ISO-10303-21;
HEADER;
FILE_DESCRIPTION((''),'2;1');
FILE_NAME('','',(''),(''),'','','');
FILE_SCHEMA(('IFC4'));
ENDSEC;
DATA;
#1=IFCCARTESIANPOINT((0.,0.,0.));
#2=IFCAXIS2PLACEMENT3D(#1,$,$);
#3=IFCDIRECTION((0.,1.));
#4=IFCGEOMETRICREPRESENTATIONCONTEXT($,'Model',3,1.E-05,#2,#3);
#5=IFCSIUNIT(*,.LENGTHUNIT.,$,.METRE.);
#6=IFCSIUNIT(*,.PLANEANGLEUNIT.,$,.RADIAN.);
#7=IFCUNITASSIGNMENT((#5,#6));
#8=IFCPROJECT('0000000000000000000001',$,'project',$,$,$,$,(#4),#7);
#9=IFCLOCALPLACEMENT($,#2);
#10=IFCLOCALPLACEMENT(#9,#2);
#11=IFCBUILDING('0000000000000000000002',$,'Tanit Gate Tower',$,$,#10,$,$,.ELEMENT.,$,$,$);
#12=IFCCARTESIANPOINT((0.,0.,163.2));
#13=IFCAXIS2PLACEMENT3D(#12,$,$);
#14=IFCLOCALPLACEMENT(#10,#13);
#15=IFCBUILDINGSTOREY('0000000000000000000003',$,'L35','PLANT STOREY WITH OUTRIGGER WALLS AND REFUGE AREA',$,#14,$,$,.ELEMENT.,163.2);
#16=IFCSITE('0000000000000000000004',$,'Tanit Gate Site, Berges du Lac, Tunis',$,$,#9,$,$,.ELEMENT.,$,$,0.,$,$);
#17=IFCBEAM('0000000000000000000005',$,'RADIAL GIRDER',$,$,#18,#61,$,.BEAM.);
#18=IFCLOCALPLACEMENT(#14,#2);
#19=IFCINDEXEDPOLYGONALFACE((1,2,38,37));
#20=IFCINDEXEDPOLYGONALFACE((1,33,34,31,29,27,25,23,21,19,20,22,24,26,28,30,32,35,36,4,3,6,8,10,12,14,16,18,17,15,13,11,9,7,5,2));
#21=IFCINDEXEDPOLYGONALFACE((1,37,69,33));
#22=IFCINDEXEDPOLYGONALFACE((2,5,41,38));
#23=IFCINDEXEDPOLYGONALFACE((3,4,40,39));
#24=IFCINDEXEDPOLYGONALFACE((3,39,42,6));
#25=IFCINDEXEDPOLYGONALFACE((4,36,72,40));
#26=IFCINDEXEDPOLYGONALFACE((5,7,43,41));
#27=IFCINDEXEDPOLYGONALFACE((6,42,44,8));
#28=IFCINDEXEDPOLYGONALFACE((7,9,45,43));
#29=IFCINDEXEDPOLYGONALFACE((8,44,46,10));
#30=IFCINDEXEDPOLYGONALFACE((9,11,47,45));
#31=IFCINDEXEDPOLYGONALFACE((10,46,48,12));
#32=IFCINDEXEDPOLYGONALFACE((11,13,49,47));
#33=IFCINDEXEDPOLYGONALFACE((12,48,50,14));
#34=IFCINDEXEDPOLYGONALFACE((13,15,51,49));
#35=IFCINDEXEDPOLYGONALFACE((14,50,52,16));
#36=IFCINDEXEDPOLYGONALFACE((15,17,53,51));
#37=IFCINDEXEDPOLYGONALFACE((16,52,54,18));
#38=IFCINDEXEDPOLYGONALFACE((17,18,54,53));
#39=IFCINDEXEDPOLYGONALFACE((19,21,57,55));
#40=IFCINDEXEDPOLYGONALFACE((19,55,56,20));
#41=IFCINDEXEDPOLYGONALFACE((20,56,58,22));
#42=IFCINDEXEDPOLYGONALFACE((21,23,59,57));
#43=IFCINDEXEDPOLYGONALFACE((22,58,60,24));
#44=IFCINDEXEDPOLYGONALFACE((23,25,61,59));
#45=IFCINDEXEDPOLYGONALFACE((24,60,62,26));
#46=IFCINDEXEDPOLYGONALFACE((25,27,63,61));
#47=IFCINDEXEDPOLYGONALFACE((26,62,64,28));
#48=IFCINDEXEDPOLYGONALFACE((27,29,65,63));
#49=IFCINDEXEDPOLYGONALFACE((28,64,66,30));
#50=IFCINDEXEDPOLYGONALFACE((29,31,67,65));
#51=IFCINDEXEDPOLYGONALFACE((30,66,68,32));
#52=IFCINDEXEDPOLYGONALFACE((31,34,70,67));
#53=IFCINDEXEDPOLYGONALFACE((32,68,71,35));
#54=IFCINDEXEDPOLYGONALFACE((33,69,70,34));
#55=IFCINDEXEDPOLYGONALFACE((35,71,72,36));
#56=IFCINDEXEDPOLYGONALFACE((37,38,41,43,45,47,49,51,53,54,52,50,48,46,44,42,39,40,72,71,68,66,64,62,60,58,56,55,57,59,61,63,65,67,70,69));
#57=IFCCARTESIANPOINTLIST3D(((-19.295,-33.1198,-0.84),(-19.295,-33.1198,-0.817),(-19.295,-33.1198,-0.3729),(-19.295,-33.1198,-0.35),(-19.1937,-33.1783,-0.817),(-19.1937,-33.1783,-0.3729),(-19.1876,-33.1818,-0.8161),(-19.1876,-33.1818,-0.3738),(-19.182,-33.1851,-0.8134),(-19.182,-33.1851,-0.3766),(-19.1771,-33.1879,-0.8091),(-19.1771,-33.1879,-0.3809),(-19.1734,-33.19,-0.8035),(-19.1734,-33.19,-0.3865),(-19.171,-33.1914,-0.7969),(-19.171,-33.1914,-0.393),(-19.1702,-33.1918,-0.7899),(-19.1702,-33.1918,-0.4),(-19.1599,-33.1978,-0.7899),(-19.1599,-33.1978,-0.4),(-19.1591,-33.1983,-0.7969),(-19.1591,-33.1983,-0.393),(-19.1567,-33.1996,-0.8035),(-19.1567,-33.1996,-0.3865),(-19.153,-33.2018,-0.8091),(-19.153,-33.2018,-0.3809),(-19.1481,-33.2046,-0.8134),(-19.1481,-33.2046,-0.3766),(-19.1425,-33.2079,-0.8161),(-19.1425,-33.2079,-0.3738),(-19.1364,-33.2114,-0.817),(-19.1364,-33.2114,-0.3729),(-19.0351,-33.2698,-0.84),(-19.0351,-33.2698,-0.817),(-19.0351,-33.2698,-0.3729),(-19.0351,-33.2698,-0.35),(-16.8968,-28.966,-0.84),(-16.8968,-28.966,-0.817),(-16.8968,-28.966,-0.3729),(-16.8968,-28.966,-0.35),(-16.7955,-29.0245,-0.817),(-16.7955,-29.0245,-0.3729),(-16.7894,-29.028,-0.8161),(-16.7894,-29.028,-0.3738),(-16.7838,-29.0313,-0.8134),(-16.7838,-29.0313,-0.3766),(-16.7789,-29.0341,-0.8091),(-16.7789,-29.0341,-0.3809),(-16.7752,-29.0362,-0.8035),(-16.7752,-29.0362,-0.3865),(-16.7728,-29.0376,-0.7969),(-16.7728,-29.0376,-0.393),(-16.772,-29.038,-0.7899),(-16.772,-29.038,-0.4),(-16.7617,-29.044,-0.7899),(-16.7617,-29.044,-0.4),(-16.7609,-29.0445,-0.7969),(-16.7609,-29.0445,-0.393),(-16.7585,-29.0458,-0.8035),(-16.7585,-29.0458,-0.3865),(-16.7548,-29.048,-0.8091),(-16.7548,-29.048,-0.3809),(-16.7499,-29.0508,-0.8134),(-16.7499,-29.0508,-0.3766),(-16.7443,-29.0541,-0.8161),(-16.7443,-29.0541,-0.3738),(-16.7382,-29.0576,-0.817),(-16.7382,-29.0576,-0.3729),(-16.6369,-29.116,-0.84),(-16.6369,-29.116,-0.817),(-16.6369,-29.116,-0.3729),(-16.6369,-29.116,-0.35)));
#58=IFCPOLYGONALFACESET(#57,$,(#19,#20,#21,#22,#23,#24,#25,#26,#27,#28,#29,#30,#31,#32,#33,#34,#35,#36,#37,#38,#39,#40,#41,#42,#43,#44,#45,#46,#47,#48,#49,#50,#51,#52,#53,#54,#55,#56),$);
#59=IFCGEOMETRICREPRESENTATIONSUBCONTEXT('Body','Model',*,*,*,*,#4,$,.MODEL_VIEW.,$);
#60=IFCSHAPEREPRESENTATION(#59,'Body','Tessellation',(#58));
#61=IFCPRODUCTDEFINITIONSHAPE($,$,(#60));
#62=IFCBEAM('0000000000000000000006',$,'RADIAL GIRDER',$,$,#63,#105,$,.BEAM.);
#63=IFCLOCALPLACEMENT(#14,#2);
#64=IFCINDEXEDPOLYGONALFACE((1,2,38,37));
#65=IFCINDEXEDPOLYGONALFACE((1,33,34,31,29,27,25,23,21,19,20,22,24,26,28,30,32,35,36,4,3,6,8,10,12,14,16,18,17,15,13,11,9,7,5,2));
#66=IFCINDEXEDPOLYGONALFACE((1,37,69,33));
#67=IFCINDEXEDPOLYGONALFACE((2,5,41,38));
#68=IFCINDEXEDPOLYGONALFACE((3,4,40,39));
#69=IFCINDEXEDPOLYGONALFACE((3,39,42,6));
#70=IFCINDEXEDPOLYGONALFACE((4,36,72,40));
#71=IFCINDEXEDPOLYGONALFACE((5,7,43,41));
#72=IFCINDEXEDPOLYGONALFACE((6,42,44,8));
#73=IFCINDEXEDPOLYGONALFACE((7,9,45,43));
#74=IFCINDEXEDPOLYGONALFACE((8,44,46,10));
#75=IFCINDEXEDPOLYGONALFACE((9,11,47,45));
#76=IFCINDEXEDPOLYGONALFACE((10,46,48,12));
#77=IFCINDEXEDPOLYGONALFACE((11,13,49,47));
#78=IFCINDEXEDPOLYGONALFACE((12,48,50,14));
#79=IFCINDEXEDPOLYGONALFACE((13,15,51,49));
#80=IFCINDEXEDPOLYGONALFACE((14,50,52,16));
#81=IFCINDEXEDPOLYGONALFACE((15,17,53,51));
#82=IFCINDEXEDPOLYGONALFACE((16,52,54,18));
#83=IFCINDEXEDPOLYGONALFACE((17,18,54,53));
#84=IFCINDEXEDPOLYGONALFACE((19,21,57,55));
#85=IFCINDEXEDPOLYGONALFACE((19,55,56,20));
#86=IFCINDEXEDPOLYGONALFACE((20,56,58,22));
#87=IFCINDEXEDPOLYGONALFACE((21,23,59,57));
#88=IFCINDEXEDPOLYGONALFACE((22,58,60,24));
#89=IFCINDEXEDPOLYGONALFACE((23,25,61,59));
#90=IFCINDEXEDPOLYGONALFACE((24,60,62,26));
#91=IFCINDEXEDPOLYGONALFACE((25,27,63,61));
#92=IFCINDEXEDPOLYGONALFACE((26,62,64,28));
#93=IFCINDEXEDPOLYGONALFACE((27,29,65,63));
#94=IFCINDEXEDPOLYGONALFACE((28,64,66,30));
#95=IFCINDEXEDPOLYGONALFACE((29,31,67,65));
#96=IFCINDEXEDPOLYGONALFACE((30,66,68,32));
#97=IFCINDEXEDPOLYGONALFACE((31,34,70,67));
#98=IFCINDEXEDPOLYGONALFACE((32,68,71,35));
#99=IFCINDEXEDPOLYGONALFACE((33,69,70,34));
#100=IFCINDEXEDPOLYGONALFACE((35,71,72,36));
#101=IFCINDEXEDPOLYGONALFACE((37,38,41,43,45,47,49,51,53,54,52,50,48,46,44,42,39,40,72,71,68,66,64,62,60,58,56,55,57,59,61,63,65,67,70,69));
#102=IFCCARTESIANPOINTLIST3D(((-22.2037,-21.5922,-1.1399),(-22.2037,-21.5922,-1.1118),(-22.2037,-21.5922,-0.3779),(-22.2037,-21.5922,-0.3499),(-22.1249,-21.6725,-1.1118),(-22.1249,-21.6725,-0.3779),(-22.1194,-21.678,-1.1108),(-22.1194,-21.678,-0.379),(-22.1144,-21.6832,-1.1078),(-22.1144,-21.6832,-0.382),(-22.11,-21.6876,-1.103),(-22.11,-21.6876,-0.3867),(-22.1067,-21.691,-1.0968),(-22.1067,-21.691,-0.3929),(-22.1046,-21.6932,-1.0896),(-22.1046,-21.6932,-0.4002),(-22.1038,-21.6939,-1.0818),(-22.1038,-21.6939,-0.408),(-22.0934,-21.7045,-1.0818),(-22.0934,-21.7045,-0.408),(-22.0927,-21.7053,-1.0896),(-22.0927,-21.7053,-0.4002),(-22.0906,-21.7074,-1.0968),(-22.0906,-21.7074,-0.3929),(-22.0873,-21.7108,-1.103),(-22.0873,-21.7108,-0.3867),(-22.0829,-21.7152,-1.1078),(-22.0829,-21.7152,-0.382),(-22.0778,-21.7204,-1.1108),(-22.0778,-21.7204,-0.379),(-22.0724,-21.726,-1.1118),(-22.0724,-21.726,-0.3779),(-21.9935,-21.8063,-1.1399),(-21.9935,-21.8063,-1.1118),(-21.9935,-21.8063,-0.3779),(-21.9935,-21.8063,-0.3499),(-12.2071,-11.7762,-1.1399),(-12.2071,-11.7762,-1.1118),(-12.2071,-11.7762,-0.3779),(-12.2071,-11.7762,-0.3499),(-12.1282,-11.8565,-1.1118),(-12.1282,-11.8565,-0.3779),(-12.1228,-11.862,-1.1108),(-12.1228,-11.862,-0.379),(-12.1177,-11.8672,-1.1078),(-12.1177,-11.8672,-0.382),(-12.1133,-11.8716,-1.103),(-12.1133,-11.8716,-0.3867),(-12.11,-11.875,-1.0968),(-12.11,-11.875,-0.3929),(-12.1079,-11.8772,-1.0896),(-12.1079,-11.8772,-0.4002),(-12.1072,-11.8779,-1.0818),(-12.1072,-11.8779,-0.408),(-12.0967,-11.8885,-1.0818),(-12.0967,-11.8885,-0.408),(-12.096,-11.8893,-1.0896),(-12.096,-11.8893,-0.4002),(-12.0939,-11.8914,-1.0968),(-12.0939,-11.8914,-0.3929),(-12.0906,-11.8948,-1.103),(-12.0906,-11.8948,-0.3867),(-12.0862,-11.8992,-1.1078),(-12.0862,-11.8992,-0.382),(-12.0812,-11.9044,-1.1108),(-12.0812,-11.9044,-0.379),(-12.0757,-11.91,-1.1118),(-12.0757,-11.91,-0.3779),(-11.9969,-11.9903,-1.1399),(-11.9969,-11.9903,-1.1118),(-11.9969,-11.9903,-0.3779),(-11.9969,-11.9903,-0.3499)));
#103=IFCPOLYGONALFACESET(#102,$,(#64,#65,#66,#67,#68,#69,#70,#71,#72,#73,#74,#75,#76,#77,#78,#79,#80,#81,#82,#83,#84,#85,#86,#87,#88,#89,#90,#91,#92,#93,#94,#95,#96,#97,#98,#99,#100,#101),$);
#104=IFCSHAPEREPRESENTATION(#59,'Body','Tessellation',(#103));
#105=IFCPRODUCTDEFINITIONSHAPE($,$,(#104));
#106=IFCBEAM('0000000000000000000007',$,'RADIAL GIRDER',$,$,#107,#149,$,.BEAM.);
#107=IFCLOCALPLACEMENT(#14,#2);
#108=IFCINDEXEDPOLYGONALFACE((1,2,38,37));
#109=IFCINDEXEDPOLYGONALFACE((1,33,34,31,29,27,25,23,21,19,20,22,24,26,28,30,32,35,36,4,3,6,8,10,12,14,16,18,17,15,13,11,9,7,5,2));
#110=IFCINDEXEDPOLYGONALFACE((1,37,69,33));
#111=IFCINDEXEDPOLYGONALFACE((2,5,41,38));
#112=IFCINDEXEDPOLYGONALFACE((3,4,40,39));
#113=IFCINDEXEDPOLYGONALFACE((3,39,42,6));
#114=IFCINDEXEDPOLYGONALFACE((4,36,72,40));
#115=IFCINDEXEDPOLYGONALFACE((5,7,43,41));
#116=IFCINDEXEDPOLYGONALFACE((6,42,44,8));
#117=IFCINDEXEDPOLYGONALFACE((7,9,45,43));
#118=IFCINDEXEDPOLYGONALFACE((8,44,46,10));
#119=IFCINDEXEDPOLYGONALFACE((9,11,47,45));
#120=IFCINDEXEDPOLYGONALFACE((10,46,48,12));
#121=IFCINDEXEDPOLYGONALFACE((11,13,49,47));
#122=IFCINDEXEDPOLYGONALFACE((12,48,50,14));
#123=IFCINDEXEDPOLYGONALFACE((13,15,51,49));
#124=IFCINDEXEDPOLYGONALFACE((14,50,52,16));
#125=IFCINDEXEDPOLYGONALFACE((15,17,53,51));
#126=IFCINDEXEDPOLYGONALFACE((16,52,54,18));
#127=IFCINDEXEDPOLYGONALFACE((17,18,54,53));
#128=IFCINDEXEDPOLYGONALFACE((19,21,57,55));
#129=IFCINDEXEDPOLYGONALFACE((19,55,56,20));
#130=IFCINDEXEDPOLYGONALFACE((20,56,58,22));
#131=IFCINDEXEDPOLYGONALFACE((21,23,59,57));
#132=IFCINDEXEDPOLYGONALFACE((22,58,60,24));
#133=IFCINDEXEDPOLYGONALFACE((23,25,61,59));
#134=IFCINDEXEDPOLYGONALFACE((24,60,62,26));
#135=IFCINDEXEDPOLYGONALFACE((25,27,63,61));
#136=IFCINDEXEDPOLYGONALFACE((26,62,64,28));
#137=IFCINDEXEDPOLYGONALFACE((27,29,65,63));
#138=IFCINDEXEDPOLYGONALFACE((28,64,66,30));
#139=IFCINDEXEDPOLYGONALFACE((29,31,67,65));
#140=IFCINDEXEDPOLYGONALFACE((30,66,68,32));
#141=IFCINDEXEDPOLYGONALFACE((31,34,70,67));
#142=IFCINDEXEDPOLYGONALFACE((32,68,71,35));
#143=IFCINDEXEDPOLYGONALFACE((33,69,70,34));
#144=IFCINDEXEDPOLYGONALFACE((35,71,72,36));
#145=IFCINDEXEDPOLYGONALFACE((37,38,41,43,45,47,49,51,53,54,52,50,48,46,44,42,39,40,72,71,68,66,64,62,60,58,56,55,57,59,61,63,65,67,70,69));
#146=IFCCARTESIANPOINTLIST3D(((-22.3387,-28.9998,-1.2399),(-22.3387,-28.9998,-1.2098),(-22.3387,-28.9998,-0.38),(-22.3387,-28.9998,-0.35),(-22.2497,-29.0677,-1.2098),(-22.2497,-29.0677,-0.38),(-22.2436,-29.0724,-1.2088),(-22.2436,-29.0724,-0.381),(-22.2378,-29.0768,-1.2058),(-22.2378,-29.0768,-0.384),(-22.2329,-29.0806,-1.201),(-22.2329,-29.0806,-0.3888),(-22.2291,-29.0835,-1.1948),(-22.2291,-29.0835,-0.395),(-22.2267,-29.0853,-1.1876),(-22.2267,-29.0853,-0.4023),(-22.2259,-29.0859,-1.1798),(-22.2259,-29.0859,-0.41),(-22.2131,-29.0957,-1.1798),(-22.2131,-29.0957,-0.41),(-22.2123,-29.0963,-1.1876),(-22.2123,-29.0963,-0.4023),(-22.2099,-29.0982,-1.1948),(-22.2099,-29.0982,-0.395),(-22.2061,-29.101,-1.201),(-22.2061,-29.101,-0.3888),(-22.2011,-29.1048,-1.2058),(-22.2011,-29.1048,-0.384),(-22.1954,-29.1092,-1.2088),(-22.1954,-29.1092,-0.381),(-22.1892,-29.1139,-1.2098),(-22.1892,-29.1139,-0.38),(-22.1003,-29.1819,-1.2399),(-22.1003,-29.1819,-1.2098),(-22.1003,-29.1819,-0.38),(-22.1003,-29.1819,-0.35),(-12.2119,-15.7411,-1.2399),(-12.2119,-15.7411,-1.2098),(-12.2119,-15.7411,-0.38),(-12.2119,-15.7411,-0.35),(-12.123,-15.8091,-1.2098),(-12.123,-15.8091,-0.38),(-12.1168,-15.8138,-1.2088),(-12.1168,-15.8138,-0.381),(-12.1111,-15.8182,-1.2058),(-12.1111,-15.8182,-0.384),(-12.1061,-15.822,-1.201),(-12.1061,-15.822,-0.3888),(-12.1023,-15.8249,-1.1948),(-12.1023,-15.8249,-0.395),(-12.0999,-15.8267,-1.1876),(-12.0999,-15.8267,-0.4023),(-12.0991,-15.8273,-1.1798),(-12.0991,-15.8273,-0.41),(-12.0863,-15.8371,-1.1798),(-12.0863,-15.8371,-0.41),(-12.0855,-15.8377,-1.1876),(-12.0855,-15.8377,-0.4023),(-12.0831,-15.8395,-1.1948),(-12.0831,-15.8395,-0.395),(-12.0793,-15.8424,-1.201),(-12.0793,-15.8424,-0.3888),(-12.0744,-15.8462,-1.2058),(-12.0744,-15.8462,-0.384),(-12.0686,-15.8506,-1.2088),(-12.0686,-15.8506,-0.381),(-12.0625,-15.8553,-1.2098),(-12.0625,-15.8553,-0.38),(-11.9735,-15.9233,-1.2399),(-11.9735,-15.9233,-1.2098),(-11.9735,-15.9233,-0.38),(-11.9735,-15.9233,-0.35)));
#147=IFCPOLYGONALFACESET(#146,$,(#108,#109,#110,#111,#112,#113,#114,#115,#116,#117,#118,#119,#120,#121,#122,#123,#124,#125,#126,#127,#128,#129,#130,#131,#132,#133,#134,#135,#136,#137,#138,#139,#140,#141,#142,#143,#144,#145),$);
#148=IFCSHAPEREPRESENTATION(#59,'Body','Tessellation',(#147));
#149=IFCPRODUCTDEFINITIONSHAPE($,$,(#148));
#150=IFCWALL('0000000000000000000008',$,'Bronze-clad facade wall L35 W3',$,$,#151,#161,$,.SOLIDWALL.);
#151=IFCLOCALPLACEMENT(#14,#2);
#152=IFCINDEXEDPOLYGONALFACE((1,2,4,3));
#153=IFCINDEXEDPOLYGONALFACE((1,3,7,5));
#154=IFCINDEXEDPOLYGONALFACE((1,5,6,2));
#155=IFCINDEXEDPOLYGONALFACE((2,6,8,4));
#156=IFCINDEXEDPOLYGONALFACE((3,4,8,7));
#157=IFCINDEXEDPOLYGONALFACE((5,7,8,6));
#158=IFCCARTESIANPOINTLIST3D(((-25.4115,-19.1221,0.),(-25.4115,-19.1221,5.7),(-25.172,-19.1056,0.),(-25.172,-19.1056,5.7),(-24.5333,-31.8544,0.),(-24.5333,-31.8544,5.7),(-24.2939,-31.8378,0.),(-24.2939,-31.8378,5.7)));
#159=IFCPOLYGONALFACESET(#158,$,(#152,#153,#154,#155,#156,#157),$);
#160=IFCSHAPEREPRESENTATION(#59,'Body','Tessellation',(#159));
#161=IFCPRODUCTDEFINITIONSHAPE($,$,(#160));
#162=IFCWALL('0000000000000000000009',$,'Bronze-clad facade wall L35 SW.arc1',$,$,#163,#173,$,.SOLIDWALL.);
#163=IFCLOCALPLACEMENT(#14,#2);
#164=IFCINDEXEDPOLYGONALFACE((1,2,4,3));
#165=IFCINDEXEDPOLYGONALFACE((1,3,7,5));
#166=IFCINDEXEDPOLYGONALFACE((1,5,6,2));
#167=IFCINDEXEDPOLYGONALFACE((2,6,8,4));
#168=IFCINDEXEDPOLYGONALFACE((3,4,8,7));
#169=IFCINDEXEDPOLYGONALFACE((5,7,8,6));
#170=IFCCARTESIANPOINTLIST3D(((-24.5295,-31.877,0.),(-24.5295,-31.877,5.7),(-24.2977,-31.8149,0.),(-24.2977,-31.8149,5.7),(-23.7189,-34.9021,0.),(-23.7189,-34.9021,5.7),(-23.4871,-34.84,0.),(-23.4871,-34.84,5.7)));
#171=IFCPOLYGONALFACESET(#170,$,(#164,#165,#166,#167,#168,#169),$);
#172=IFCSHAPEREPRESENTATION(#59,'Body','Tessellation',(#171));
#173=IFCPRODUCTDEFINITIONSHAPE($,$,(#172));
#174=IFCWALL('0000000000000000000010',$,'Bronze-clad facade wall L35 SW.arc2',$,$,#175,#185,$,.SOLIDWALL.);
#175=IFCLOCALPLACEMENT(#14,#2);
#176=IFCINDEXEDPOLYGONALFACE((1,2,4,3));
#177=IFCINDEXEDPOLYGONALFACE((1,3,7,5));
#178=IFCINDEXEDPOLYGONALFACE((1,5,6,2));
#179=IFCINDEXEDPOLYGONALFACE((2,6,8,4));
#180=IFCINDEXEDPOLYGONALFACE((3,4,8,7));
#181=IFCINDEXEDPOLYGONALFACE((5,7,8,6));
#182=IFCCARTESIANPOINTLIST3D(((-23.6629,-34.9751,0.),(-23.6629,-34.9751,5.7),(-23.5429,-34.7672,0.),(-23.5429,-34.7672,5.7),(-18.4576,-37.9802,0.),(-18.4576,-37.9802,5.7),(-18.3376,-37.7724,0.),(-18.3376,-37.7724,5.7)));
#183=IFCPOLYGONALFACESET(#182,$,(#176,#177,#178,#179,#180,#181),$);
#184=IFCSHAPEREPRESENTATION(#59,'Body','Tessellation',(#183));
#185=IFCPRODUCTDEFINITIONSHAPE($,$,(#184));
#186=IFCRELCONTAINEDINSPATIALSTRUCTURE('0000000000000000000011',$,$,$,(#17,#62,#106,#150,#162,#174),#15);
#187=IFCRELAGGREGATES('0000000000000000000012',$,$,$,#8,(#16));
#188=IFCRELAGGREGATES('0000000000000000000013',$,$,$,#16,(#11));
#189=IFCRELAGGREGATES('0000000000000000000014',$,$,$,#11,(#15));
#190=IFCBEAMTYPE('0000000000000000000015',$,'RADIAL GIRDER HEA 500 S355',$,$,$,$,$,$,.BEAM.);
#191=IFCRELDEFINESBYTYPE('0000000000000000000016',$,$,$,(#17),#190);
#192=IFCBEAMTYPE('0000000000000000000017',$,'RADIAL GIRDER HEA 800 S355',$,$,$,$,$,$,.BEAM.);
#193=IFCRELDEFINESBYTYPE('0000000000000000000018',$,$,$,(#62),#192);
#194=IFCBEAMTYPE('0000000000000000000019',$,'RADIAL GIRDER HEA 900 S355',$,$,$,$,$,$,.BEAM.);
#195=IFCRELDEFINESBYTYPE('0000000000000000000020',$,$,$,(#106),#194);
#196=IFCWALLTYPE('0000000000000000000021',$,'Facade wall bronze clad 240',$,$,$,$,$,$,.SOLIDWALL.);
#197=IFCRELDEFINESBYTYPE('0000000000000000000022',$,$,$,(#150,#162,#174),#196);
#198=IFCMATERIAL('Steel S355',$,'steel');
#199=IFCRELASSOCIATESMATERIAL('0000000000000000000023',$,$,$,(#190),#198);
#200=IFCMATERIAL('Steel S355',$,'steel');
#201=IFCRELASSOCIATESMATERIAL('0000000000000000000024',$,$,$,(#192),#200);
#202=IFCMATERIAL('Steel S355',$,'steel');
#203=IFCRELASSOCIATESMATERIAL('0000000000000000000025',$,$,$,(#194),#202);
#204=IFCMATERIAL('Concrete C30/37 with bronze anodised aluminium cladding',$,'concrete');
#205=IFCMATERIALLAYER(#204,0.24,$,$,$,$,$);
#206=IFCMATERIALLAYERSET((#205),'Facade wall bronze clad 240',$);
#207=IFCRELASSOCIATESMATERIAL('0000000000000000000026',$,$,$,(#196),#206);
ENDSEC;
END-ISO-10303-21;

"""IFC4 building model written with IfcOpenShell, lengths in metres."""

from ifc_helpers import new_model, si_unit, direction, frame, frame_2d, origin, origin_2d, place, context, subcontext, project, spatial, rectangle, i_section, extrude, material, layer, layer_set, material_profile, profile_set, type_object, element, save


model = new_model("IFC4")

# Units and contexts
model_context = context("Model", 3, precision=1e-05, world=origin(), true_north=direction((0.0, 1.0)))
body_context = subcontext(model_context, "Body", "Model", "MODEL_VIEW")
ifc_project = project(units=[si_unit("LENGTHUNIT", "METRE"), si_unit("PLANEANGLEUNIT", "RADIAN")], contexts=[model_context])

# Site, building, storey
site_placement = place(None, origin())
site = spatial("IfcSite", under=ifc_project, at=site_placement, Name="Tanit Gate Site, Berges du Lac, Tunis", CompositionType="ELEMENT", RefElevation=0.0)
building_placement = place(site_placement, origin())
building = spatial("IfcBuilding", under=site, at=building_placement, Name="Tanit Gate Tower", CompositionType="ELEMENT")
storey_placement = place(building_placement, frame((0.0, 0.0, 163.2)))
storey = spatial("IfcBuildingStorey", under=building, at=storey_placement, Name="L35", Description="PLANT STOREY WITH OUTRIGGER WALLS AND REFUGE AREA", CompositionType="ELEMENT", Elevation=163.2)

# Beams
ifc_material_1 = material(Name="Steel S355", Category="steel")
ifc_material_profile_1 = material_profile(ifc_material_1, i_section(OverallWidth=0.3, OverallDepth=0.49, WebThickness=0.012, FlangeThickness=0.0229, FilletRadius=0.0271, at=origin_2d()), Name="HEA 500")
ifc_profile_set_1 = profile_set([ifc_material_profile_1], Name="Steel S355")
beam_type_1 = type_object("IfcBeamType", Name="RADIAL GIRDER HEA 500 S355", PredefinedType="BEAM", material=ifc_profile_set_1)
beam_1_placement = place(storey_placement, frame((-19.165, -33.1948, -0.595), z_axis=(0.499999, 0.866026, 0.0), x_axis=(-0.866026, 0.499999, 0.0)))
element("IfcBeam", 1, at=beam_1_placement, inside=storey, type_object=beam_type_1, Name="RADIAL GIRDER", PredefinedType="BEAM", context=body_context, shape_type="SweptSolid", body=[
    extrude(i_section(OverallWidth=0.3, OverallDepth=0.49, WebThickness=0.012, FlangeThickness=0.0229, FilletRadius=0.0271, at=origin_2d()), origin(), (0.0, 0.0, 1.0), 4.7964),
])
ifc_material_2 = material(Name="Steel S355", Category="steel")
ifc_material_profile_2 = material_profile(ifc_material_2, i_section(OverallWidth=0.3, OverallDepth=0.79, WebThickness=0.0149, FlangeThickness=0.0281, FilletRadius=0.03, at=origin_2d()), Name="HEA 800")
ifc_profile_set_2 = profile_set([ifc_material_profile_2], Name="Steel S355")
beam_type_2 = type_object("IfcBeamType", Name="RADIAL GIRDER HEA 800 S355", PredefinedType="BEAM", material=ifc_profile_set_2)
beam_2_placement = place(storey_placement, frame((-22.0986, -21.6992, -0.7449), z_axis=(0.713525, 0.70063, 0.0), x_axis=(-0.70063, 0.713525, 0.0)))
element("IfcBeam", 2, at=beam_2_placement, inside=storey, type_object=beam_type_2, Name="RADIAL GIRDER", PredefinedType="BEAM", context=body_context, shape_type="SweptSolid", body=[
    extrude(i_section(OverallWidth=0.3, OverallDepth=0.79, WebThickness=0.0149, FlangeThickness=0.0281, FilletRadius=0.03, at=origin_2d()), origin(), (0.0, 0.0, 1.0), 14.0103),
])
ifc_material_3 = material(Name="Steel S355", Category="steel")
ifc_material_profile_3 = material_profile(ifc_material_3, i_section(OverallWidth=0.3, OverallDepth=0.8899, WebThickness=0.0161, FlangeThickness=0.03, FilletRadius=0.03, at=origin_2d()), Name="HEA 900")
ifc_profile_set_3 = profile_set([ifc_material_profile_3], Name="Steel S355")
beam_type_3 = type_object("IfcBeamType", Name="RADIAL GIRDER HEA 900 S355", PredefinedType="BEAM", material=ifc_profile_set_3)
beam_3_placement = place(storey_placement, frame((-22.2195, -29.0908, -0.7949), z_axis=(0.606989, 0.79471, 0.0), x_axis=(-0.79471, 0.606989, 0.0)))
element("IfcBeam", 3, at=beam_3_placement, inside=storey, type_object=beam_type_3, Name="RADIAL GIRDER", PredefinedType="BEAM", context=body_context, shape_type="SweptSolid", body=[
    extrude(i_section(OverallWidth=0.3, OverallDepth=0.8899, WebThickness=0.0161, FlangeThickness=0.03, FilletRadius=0.03, at=origin_2d()), origin(), (0.0, 0.0, 1.0), 16.6836),
])

# Walls
ifc_material_4 = material(Name="Concrete C30/37 with bronze anodised aluminium cladding", Category="concrete")
ifc_layer_1 = layer(ifc_material_4, 0.24)
ifc_layer_set_1 = layer_set([ifc_layer_1], Name="Facade wall bronze clad 240")
wall_type_1 = type_object("IfcWallType", Name="Facade wall bronze clad 240", PredefinedType="SOLIDWALL", material=ifc_layer_set_1)
wall_1_placement = place(storey_placement, frame((-25.2917, -19.1138, 0.0), z_axis=(0.0, 0.0, 1.0), x_axis=(0.068809, -0.99763, 0.0)))
element("IfcWall", 4, at=wall_1_placement, inside=storey, type_object=wall_type_1, Name="Bronze-clad facade wall L35 W3", PredefinedType="SOLIDWALL", context=body_context, shape_type="SweptSolid", body=[
    extrude(rectangle(XDim=12.7625, YDim=0.24, at=frame_2d((6.3813, 0.0))), origin(), (0.0, 0.0, 1.0), 5.7),
])
wall_2_placement = place(storey_placement, frame((-24.4136, -31.8459, 0.0), z_axis=(0.0, 0.0, 1.0), x_axis=(0.258808, -0.965929, 0.0)))
element("IfcWall", 5, at=wall_2_placement, inside=storey, type_object=wall_type_1, Name="Bronze-clad facade wall L35 SW.arc1", PredefinedType="SOLIDWALL", context=body_context, shape_type="SweptSolid", body=[
    extrude(rectangle(XDim=3.1318, YDim=0.24, at=frame_2d((1.5659, 0.0))), origin(), (0.0, 0.0, 1.0), 5.7),
])
wall_3_placement = place(storey_placement, frame((-23.603, -34.8711, 0.0), z_axis=(0.0, 0.0, 1.0), x_axis=(0.866037, -0.499979, 0.0)))
element("IfcWall", 6, at=wall_3_placement, inside=storey, type_object=wall_type_1, Name="Bronze-clad facade wall L35 SW.arc2", PredefinedType="SOLIDWALL", context=body_context, shape_type="SweptSolid", body=[
    extrude(rectangle(XDim=6.0105, YDim=0.24, at=frame_2d((3.0054, 0.0))), origin(), (0.0, 0.0, 1.0), 5.7),
])

save(model, "model.ifc")
